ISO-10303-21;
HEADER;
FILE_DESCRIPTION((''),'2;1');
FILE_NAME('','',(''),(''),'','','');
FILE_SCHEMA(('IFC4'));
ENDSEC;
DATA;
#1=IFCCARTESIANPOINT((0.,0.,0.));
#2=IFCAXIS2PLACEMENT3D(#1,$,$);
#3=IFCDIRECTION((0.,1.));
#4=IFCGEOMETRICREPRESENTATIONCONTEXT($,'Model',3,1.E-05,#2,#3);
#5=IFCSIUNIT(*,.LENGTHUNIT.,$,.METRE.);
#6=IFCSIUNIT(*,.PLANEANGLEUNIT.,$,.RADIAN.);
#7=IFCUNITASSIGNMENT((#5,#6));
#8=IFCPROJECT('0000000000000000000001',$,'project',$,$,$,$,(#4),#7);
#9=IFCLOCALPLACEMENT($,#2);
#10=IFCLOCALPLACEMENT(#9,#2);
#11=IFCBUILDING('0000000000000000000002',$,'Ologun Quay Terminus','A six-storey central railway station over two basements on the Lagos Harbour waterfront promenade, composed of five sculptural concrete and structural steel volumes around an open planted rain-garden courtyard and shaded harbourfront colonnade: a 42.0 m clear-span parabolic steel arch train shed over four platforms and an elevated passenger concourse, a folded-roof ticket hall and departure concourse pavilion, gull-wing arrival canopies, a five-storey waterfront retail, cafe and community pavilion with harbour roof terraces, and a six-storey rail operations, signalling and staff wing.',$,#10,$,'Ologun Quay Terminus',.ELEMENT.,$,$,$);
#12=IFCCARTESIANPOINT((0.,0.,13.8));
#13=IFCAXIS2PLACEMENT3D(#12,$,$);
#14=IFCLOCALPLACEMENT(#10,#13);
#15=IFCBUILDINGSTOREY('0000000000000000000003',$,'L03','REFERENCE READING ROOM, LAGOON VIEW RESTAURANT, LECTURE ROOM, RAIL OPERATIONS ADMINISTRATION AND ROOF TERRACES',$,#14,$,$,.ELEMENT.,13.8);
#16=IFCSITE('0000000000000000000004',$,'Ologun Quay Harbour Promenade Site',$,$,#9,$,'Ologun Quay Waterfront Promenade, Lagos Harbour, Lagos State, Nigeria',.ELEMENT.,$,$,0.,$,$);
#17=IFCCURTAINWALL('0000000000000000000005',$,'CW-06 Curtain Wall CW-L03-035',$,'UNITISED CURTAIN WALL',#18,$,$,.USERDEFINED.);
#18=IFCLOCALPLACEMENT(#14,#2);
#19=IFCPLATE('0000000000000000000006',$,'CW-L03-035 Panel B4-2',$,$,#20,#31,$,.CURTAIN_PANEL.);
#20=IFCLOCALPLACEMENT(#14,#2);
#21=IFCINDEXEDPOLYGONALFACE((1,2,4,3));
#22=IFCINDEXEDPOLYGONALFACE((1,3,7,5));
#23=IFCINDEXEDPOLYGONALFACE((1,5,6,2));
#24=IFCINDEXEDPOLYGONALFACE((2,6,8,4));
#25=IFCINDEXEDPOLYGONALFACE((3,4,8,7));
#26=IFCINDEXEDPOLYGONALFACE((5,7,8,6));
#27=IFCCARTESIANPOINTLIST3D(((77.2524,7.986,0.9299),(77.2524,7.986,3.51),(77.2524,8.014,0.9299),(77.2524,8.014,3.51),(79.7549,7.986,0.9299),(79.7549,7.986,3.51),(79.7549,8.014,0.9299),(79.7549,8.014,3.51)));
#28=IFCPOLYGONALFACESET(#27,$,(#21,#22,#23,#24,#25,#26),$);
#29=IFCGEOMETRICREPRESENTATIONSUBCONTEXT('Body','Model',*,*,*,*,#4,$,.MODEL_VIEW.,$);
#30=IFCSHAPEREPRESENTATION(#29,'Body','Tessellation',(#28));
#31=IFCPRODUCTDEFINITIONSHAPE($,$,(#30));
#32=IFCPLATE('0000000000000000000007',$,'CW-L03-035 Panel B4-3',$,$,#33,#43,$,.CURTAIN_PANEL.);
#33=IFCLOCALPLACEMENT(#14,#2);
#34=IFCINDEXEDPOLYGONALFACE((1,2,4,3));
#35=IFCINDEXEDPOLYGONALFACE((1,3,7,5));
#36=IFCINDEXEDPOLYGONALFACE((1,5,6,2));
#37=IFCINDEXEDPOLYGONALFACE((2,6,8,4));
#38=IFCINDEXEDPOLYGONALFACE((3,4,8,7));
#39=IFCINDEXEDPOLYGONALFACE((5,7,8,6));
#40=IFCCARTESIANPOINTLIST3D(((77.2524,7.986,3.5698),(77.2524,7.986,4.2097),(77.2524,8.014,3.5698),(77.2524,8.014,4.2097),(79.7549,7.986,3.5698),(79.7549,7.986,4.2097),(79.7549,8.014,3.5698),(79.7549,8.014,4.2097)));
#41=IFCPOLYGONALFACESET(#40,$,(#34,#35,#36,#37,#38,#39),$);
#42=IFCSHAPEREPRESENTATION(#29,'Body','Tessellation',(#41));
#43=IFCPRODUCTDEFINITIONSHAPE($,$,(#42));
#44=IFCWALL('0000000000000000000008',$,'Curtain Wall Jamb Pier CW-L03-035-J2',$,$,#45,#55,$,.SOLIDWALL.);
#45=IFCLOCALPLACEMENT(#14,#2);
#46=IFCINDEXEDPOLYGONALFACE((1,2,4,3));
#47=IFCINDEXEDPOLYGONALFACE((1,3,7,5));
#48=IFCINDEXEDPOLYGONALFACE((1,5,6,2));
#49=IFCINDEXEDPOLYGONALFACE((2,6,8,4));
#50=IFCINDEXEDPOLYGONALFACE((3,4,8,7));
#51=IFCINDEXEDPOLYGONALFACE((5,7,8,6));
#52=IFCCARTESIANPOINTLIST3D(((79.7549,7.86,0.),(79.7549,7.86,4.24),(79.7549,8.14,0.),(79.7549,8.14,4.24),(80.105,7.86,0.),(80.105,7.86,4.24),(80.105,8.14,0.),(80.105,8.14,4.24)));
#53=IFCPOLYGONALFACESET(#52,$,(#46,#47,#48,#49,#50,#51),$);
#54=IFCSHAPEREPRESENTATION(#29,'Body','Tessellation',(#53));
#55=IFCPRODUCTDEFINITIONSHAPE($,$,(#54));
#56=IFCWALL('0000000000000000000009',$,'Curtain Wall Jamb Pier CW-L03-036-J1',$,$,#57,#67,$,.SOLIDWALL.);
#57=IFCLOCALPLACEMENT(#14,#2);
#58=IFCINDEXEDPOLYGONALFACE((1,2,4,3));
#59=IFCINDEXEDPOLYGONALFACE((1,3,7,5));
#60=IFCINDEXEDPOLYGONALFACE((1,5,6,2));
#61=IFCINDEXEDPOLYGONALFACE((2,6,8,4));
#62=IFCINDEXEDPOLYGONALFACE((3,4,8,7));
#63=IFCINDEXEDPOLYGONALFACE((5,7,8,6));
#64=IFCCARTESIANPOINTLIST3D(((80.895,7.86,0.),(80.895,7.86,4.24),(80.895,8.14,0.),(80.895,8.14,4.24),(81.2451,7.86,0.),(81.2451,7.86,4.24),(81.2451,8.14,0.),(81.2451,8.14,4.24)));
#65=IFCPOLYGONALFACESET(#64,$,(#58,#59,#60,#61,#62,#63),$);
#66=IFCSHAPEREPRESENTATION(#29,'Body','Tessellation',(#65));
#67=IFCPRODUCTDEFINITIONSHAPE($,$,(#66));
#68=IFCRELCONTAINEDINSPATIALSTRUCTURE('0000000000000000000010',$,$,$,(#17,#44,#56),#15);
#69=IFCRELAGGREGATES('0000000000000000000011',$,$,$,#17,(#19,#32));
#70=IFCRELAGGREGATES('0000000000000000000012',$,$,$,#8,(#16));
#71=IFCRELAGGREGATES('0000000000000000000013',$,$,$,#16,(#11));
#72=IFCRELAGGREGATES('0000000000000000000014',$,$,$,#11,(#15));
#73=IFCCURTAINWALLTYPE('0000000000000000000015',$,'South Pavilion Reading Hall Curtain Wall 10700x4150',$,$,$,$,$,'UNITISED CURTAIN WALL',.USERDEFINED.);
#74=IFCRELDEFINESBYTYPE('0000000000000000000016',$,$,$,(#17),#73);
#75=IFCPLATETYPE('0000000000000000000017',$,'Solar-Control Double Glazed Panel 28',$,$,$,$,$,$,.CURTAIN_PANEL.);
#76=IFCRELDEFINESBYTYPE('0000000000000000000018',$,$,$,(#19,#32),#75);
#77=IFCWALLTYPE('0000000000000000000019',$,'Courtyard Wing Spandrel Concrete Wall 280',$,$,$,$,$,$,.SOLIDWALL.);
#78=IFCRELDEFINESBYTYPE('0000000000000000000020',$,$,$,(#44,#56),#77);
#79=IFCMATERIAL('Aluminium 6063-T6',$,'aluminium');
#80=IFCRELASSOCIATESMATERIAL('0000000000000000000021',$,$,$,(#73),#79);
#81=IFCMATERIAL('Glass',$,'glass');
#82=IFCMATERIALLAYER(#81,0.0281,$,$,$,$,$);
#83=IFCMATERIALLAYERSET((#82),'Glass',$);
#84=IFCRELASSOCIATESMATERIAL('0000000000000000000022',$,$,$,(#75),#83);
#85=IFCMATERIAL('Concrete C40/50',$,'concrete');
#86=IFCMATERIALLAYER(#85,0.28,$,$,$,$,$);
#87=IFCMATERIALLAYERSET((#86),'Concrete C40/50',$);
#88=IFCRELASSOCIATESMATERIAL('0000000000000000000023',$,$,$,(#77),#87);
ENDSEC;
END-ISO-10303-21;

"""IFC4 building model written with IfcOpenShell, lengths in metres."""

from ifc_helpers import new_model, si_unit, direction, frame, frame_2d, origin, origin_2d, place, context, subcontext, project, spatial, rectangle, extrude, material, layer, layer_set, type_object, element, aggregate, save


model = new_model("IFC4")

# Units and contexts
model_context = context("Model", 3, precision=1e-05, world=origin(), true_north=direction((0.0, 1.0)))
body_context = subcontext(model_context, "Body", "Model", "MODEL_VIEW")
ifc_project = project(units=[si_unit("LENGTHUNIT", "METRE"), si_unit("PLANEANGLEUNIT", "RADIAN")], contexts=[model_context])

# Site, building, storey
site_placement = place(None, origin())
site = spatial("IfcSite", under=ifc_project, at=site_placement, Name="Ologun Quay Harbour Promenade Site", LongName="Ologun Quay Waterfront Promenade, Lagos Harbour, Lagos State, Nigeria", CompositionType="ELEMENT", RefElevation=0.0)
building_placement = place(site_placement, origin())
building = spatial("IfcBuilding", under=site, at=building_placement, Name="Ologun Quay Terminus", Description="A six-storey central railway station over two basements on the Lagos Harbour waterfront promenade, composed of five sculptural concrete and structural steel volumes around an open planted rain-garden courtyard and shaded harbourfront colonnade: a 42.0 m clear-span parabolic steel arch train shed over four platforms and an elevated passenger concourse, a folded-roof ticket hall and departure concourse pavilion, gull-wing arrival canopies, a five-storey waterfront retail, cafe and community pavilion with harbour roof terraces, and a six-storey rail operations, signalling and staff wing.", LongName="Ologun Quay Terminus", CompositionType="ELEMENT")
storey_placement = place(building_placement, frame((0.0, 0.0, 13.8)))
storey = spatial("IfcBuildingStorey", under=building, at=storey_placement, Name="L03", Description="REFERENCE READING ROOM, LAGOON VIEW RESTAURANT, LECTURE ROOM, RAIL OPERATIONS ADMINISTRATION AND ROOF TERRACES", CompositionType="ELEMENT", Elevation=13.8)

# Curtain wall
ifc_material_1 = material(Name="Aluminium 6063-T6", Category="aluminium")
curtain_wall_type = type_object("IfcCurtainWallType", Name="South Pavilion Reading Hall Curtain Wall 10700x4150", ElementType="UNITISED CURTAIN WALL", PredefinedType="USERDEFINED", material=ifc_material_1)
curtain_wall_placement = place(storey_placement, origin())
curtain_wall = element("IfcCurtainWall", 1, at=curtain_wall_placement, inside=storey, type_object=curtain_wall_type, Name="CW-06 Curtain Wall CW-L03-035", ObjectType="UNITISED CURTAIN WALL", PredefinedType="USERDEFINED")

# Plates
ifc_material_2 = material(Name="Glass", Category="glass")
ifc_layer_1 = layer(ifc_material_2, 0.0281)
ifc_layer_set_1 = layer_set([ifc_layer_1], Name="Glass")
plate_type_1 = type_object("IfcPlateType", Name="Solar-Control Double Glazed Panel 28", PredefinedType="CURTAIN_PANEL", material=ifc_layer_set_1)
plate_1_placement = place(storey_placement, frame((78.5037, 8.0, 0.9299), z_axis=(0.0, 0.0, 1.0), x_axis=(1.0, 0.0, 0.0)))
plate_1 = element("IfcPlate", 2, at=plate_1_placement, type_object=plate_type_1, Name="CW-L03-035 Panel B4-2", PredefinedType="CURTAIN_PANEL", context=body_context, shape_type="SweptSolid", body=[
    extrude(rectangle(XDim=2.5024, YDim=0.0281, at=origin_2d()), origin(), (0.0, 0.0, 1.0), 2.5801),
])
plate_2_placement = place(storey_placement, frame((78.5037, 8.0, 3.5698), z_axis=(0.0, 0.0, 1.0), x_axis=(1.0, 0.0, 0.0)))
plate_2 = element("IfcPlate", 3, at=plate_2_placement, type_object=plate_type_1, Name="CW-L03-035 Panel B4-3", PredefinedType="CURTAIN_PANEL", context=body_context, shape_type="SweptSolid", body=[
    extrude(rectangle(XDim=2.5024, YDim=0.0281, at=origin_2d()), origin(), (0.0, 0.0, 1.0), 0.6399),
])
aggregate(curtain_wall, [plate_1, plate_2])

# Walls
ifc_material_3 = material(Name="Concrete C40/50", Category="concrete")
ifc_layer_2 = layer(ifc_material_3, 0.28)
ifc_layer_set_2 = layer_set([ifc_layer_2], Name="Concrete C40/50")
wall_type = type_object("IfcWallType", Name="Courtyard Wing Spandrel Concrete Wall 280", PredefinedType="SOLIDWALL", material=ifc_layer_set_2)
for number, where, z_axis, x_axis, name in (
    (4, (79.7549, 8.0, 0.0), (0.0, 0.0, 1.0), (1.0, 0.0, 0.0), "Curtain Wall Jamb Pier CW-L03-035-J2"),
    (5, (80.895, 8.0, 0.0), (0.0, 0.0, 1.0), (1.0, 0.0, 0.0), "Curtain Wall Jamb Pier CW-L03-036-J1"),
):
    element("IfcWall", number, at=place(storey_placement, frame(where, z_axis=z_axis, x_axis=x_axis)), inside=storey, type_object=wall_type, Name=name, PredefinedType="SOLIDWALL", context=body_context, shape_type="SweptSolid", body=[
        extrude(rectangle(XDim=0.3501, YDim=0.28, at=frame_2d((0.175, 0.0))), origin(), (0.0, 0.0, 1.0), 4.24),
    ])

save(model, "model.ifc")
